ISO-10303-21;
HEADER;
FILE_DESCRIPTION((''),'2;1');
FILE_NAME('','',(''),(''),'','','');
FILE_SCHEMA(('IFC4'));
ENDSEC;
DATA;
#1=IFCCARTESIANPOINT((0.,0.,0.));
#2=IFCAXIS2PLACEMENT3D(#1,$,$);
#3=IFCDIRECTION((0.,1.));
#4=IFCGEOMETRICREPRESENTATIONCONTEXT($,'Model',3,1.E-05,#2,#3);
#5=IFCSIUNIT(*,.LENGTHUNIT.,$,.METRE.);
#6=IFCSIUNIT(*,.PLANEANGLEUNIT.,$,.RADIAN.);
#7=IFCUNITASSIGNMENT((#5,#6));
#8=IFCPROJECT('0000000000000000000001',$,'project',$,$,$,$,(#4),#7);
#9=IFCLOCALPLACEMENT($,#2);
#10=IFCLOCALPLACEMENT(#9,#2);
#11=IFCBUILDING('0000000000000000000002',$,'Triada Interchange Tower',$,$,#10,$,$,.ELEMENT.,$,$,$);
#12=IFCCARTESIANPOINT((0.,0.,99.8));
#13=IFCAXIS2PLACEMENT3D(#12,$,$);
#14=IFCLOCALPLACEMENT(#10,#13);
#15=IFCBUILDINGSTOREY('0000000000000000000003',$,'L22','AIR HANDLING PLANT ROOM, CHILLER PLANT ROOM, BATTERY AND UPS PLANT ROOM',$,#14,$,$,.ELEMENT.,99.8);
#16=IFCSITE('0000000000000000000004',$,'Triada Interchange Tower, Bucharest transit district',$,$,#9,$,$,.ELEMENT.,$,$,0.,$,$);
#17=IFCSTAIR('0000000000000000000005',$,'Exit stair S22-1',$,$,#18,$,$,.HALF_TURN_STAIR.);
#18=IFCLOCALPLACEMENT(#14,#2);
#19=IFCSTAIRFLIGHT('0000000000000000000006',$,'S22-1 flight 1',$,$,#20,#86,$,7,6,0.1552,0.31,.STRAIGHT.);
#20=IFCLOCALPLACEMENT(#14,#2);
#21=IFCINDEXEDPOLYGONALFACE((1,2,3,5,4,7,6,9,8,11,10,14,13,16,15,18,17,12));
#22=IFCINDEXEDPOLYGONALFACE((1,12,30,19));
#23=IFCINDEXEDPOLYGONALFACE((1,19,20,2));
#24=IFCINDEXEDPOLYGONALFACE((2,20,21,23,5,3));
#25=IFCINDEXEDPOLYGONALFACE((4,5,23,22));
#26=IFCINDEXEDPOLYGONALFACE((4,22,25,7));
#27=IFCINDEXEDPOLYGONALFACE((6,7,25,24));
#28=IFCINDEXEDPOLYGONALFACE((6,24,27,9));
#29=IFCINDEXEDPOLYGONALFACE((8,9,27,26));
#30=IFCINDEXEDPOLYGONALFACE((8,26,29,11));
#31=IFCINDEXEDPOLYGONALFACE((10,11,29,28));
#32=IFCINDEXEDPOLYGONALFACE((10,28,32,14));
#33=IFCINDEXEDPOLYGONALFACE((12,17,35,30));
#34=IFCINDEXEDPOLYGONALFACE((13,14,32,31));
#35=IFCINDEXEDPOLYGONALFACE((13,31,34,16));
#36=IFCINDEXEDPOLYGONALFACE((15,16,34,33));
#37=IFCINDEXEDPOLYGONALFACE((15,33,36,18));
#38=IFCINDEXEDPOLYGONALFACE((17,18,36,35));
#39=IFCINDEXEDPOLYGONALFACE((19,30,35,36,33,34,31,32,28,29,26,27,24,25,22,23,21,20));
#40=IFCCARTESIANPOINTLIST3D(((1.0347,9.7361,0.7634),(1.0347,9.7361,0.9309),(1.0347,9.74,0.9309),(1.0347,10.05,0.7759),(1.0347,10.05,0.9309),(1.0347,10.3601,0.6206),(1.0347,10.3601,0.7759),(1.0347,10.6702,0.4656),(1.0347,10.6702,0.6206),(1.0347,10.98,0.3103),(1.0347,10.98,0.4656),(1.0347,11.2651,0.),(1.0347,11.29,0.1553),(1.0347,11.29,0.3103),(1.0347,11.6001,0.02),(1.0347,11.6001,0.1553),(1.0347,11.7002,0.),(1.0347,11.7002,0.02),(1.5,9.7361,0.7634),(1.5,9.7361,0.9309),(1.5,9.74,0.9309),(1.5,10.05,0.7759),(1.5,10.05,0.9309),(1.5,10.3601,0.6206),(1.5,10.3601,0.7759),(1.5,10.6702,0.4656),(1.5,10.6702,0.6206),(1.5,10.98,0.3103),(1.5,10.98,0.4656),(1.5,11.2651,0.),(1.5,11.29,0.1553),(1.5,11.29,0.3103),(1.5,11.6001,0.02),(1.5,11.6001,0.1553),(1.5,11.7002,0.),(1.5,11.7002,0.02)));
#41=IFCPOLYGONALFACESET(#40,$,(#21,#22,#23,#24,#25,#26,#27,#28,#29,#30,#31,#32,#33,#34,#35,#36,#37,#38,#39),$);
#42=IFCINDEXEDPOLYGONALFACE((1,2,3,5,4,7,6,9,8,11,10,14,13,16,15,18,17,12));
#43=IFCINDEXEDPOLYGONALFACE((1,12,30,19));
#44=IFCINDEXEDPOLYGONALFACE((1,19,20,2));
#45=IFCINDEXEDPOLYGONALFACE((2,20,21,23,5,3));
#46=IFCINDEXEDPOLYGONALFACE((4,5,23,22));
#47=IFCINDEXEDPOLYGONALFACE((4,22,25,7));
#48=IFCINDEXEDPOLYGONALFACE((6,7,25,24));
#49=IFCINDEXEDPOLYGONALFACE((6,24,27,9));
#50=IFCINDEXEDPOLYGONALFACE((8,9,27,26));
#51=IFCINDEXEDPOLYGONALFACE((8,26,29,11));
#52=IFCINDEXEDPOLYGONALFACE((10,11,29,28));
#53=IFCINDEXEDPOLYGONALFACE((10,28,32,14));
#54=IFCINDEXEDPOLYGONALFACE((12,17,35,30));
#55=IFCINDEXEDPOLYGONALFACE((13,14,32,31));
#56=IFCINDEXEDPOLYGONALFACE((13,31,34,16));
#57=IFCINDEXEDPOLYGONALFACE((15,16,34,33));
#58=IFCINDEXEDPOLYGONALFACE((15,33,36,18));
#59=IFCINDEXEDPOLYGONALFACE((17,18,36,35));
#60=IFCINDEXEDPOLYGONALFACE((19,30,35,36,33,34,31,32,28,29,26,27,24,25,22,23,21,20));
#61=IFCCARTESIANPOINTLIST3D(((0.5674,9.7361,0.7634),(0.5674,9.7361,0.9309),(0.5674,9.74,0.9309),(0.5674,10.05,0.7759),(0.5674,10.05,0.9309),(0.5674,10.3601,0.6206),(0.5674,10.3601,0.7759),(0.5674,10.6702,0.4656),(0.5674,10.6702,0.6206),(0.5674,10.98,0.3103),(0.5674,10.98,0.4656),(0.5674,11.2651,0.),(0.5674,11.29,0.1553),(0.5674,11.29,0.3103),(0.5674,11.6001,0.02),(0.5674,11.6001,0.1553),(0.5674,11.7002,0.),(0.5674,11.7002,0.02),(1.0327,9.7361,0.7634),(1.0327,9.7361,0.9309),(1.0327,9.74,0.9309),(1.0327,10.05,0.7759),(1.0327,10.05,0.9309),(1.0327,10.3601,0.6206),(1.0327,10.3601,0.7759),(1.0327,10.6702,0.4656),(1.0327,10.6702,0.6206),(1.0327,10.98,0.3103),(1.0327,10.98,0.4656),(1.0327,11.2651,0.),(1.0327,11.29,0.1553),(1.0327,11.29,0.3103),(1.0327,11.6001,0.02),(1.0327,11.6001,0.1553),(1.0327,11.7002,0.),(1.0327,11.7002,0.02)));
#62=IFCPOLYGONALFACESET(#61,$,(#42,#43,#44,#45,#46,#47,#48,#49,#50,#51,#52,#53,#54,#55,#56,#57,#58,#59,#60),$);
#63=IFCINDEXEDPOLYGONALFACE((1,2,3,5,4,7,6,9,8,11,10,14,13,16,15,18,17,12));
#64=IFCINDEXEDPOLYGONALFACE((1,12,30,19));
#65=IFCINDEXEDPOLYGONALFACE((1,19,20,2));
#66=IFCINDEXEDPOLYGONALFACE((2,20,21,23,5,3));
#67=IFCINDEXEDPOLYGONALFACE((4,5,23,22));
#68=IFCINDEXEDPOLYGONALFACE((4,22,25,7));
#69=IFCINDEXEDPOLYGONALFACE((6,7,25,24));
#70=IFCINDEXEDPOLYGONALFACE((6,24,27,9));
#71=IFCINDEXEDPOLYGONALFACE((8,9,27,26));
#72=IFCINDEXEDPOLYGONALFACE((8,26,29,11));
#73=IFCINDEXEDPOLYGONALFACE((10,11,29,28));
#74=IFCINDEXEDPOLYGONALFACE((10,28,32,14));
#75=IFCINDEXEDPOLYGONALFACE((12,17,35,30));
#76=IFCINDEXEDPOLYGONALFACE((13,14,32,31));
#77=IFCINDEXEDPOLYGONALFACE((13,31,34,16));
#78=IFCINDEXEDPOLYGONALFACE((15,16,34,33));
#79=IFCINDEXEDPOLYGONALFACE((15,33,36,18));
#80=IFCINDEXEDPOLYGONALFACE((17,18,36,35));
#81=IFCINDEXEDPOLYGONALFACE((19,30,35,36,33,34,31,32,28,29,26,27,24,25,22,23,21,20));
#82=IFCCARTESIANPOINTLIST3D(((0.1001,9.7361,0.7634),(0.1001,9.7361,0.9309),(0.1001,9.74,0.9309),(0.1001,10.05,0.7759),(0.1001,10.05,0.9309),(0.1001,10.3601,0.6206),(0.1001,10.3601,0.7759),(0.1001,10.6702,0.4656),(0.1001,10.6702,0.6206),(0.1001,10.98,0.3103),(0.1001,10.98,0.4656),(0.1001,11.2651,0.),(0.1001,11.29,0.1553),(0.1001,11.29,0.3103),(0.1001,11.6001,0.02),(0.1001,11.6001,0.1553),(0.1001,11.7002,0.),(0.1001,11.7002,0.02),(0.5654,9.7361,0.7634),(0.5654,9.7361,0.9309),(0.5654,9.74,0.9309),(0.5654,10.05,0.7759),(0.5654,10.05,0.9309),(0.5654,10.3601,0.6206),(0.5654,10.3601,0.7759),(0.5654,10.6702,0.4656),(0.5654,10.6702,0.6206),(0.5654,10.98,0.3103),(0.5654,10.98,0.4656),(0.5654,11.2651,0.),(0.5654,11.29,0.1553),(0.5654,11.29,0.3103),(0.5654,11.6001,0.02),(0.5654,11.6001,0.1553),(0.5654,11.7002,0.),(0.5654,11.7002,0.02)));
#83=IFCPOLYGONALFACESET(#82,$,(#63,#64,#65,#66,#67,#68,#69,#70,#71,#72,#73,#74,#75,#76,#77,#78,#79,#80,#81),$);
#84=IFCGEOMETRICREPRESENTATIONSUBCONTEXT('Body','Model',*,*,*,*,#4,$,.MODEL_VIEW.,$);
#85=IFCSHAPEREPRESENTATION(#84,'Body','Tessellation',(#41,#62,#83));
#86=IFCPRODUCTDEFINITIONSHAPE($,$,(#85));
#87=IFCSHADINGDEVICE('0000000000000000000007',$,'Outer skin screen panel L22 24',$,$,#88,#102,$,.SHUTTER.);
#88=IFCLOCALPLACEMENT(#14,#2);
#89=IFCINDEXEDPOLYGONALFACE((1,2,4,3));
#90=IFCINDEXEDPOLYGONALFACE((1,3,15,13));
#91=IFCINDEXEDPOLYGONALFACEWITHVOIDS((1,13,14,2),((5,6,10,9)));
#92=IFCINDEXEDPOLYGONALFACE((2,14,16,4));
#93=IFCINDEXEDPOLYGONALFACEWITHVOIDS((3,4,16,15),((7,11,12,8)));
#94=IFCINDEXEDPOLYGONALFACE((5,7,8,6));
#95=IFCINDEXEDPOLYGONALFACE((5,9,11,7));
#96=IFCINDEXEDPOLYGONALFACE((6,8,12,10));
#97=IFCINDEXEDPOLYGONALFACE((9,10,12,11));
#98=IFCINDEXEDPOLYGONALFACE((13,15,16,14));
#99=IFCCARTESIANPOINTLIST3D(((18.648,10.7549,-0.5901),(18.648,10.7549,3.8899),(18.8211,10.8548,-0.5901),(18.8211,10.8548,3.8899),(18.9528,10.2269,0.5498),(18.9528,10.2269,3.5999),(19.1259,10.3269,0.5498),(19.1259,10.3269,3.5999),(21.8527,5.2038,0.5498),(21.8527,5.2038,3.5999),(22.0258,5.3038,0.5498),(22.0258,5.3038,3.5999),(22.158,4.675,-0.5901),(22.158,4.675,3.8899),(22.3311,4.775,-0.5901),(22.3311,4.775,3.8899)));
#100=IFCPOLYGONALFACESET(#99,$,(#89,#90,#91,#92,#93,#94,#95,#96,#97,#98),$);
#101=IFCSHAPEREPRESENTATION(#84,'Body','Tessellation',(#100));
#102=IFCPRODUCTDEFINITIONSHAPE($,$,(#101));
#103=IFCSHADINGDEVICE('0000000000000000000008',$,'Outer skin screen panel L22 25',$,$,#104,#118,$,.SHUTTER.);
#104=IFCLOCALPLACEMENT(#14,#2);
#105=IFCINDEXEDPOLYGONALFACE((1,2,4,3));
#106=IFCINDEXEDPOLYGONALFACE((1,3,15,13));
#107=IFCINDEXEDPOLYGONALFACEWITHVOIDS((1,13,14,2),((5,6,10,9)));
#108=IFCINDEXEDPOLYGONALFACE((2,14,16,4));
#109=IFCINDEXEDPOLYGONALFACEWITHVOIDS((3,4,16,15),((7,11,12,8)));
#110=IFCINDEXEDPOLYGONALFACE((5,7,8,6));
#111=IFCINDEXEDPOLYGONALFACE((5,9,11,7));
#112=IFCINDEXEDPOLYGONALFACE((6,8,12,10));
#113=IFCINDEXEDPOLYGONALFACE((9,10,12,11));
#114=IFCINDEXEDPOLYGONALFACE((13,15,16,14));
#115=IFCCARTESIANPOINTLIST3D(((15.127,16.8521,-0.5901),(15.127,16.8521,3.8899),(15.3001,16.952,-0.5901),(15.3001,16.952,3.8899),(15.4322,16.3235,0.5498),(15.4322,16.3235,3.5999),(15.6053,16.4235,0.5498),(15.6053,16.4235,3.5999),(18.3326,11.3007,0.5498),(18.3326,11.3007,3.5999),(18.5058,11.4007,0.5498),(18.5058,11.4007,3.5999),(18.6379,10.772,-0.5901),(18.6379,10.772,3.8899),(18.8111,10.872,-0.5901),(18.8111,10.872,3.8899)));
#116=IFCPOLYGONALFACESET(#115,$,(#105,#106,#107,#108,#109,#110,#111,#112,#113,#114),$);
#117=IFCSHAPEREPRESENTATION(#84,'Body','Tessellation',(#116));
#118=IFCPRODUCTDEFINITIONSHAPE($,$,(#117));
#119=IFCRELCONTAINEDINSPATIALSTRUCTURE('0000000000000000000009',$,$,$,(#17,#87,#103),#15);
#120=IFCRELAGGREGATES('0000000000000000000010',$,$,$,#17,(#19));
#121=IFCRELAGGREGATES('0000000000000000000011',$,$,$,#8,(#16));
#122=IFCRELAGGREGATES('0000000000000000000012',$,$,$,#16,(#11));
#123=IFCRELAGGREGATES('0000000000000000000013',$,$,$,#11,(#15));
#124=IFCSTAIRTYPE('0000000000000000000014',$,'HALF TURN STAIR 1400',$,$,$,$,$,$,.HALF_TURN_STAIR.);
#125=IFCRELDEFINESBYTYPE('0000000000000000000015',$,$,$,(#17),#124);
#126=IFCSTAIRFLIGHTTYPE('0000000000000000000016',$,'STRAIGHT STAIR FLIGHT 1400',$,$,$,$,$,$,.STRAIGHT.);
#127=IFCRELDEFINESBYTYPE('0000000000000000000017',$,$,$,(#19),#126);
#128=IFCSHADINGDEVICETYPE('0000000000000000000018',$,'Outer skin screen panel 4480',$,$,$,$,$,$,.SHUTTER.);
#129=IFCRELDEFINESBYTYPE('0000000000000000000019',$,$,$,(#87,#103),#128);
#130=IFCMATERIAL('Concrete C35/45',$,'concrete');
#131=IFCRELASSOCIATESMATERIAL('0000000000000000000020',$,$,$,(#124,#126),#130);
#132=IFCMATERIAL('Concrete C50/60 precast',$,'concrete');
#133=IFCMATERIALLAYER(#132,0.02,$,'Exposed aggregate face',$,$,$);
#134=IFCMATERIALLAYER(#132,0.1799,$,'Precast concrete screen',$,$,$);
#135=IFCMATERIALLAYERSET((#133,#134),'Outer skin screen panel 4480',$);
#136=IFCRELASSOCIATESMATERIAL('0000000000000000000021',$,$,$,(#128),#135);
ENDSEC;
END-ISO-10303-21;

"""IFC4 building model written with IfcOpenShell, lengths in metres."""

from ifc_helpers import new_model, si_unit, direction, frame, origin, place, context, subcontext, project, spatial, polyline, outline, extrude, material, layer, layer_set, type_object, element, aggregate, save


model = new_model("IFC4")

# Units and contexts
model_context = context("Model", 3, precision=1e-05, world=origin(), true_north=direction((0.0, 1.0)))
body_context = subcontext(model_context, "Body", "Model", "MODEL_VIEW")
ifc_project = project(units=[si_unit("LENGTHUNIT", "METRE"), si_unit("PLANEANGLEUNIT", "RADIAN")], contexts=[model_context])

# Site, building, storey
site_placement = place(None, origin())
site = spatial("IfcSite", under=ifc_project, at=site_placement, Name="Triada Interchange Tower, Bucharest transit district", CompositionType="ELEMENT", RefElevation=0.0)
building_placement = place(site_placement, origin())
building = spatial("IfcBuilding", under=site, at=building_placement, Name="Triada Interchange Tower", CompositionType="ELEMENT")
storey_placement = place(building_placement, frame((0.0, 0.0, 99.8)))
storey = spatial("IfcBuildingStorey", under=building, at=storey_placement, Name="L22", Description="AIR HANDLING PLANT ROOM, CHILLER PLANT ROOM, BATTERY AND UPS PLANT ROOM", CompositionType="ELEMENT", Elevation=99.8)

# Stair, stair flight
ifc_material_1 = material(Name="Concrete C35/45", Category="concrete")
stair_type = type_object("IfcStairType", Name="HALF TURN STAIR 1400", PredefinedType="HALF_TURN_STAIR", material=ifc_material_1)
stair_placement = place(storey_placement, origin())
stair = element("IfcStair", 1, at=stair_placement, inside=storey, type_object=stair_type, Name="Exit stair S22-1", PredefinedType="HALF_TURN_STAIR")
stair_flight_type = type_object("IfcStairFlightType", Name="STRAIGHT STAIR FLIGHT 1400", PredefinedType="STRAIGHT", material=ifc_material_1)
stair_flight_placement = place(storey_placement, frame((0.8, 11.6001, 0.0), z_axis=(0.0, 0.0, 1.0), x_axis=(0.0, -1.0, 0.0)))
stair_flight = element("IfcStairFlight", 2, at=stair_flight_placement, type_object=stair_flight_type, Name="S22-1 flight 1", NumberOfRisers=7, NumberOfTreads=6, PredefinedType="STRAIGHT", RiserHeight=0.1552, TreadLength=0.31, context=body_context, shape_type="SweptSolid", body=[
    extrude(outline(polyline([(-0.1001, 0.0), (-0.1001, 0.02), (0.0, 0.02), (0.0, 0.1553), (0.3101, 0.1553), (0.3101, 0.3103), (0.6201, 0.3103), (0.6201, 0.4656), (0.9299, 0.4656), (0.9299, 0.6206), (1.24, 0.6206), (1.24, 0.7759), (1.55, 0.7759), (1.55, 0.9309), (1.8601, 0.9309), (1.864, 0.9309), (1.864, 1.0862), (1.864, 0.7634), (0.335, 0.0), (-0.1001, 0.0)])), frame((0.0, 0.7, 0.0), z_axis=(0.0, -1.0, 0.0), x_axis=(1.0, 0.0, 0.0)), (0.0, 0.0, 1.0), 0.4653),
    extrude(outline(polyline([(-0.1001, 0.0), (-0.1001, 0.02), (0.0, 0.02), (0.0, 0.1553), (0.3101, 0.1553), (0.3101, 0.3103), (0.6201, 0.3103), (0.6201, 0.4656), (0.9299, 0.4656), (0.9299, 0.6206), (1.24, 0.6206), (1.24, 0.7759), (1.55, 0.7759), (1.55, 0.9309), (1.8601, 0.9309), (1.864, 0.9309), (1.864, 1.0862), (1.864, 0.7634), (0.335, 0.0), (-0.1001, 0.0)])), frame((0.0, 0.2327, 0.0), z_axis=(0.0, -1.0, 0.0), x_axis=(1.0, 0.0, 0.0)), (0.0, 0.0, 1.0), 0.4653),
    extrude(outline(polyline([(-0.1001, 0.0), (-0.1001, 0.02), (0.0, 0.02), (0.0, 0.1553), (0.3101, 0.1553), (0.3101, 0.3103), (0.6201, 0.3103), (0.6201, 0.4656), (0.9299, 0.4656), (0.9299, 0.6206), (1.24, 0.6206), (1.24, 0.7759), (1.55, 0.7759), (1.55, 0.9309), (1.8601, 0.9309), (1.864, 0.9309), (1.864, 1.0862), (1.864, 0.7634), (0.335, 0.0), (-0.1001, 0.0)])), frame((0.0, -0.2346, 0.0), z_axis=(0.0, -1.0, 0.0), x_axis=(1.0, 0.0, 0.0)), (0.0, 0.0, 1.0), 0.4653),
])

# Shading devices
ifc_material_2 = material(Name="Concrete C50/60 precast", Category="concrete")
ifc_layer_1 = layer(ifc_material_2, 0.02, Name="Exposed aggregate face")
ifc_layer_2 = layer(ifc_material_2, 0.1799, Name="Precast concrete screen")
ifc_layer_set_1 = layer_set([ifc_layer_1, ifc_layer_2], Name="Outer skin screen panel 4480")
shading_device_type = type_object("IfcShadingDeviceType", Name="Outer skin screen panel 4480", PredefinedType="SHUTTER", material=ifc_layer_set_1)
shading_device_1_placement = place(storey_placement, frame((22.158, 4.675, -0.5901), z_axis=(0.0, 0.0, 1.0), x_axis=(-0.49998, 0.866037, 0.0)))
element("IfcShadingDevice", 3, at=shading_device_1_placement, inside=storey, type_object=shading_device_type, Name="Outer skin screen panel L22 24", PredefinedType="SHUTTER", context=body_context, shape_type="SweptSolid", body=[
    extrude(outline(polyline([(0.0, 0.0), (7.0203, 0.0), (7.0203, 4.48), (0.0, 4.48), (0.0, 0.0)]), holes=[polyline([(0.6106, 1.1399), (0.6106, 4.1899), (6.4106, 4.1899), (6.4106, 1.1399), (0.6106, 1.1399)])]), frame((0.0, 0.0, 0.0), z_axis=(0.0, -1.0, 0.0), x_axis=(1.0, 0.0, 0.0)), (0.0, 0.0, 1.0), 0.2),
])
shading_device_2_placement = place(storey_placement, frame((18.6379, 10.772, -0.5901), z_axis=(0.0, 0.0, 1.0), x_axis=(-0.50007, 0.865985, 0.0)))
element("IfcShadingDevice", 4, at=shading_device_2_placement, inside=storey, type_object=shading_device_type, Name="Outer skin screen panel L22 25", PredefinedType="SHUTTER", context=body_context, shape_type="SweptSolid", body=[
    extrude(outline(polyline([(0.0, 0.0), (7.021, 0.0), (7.021, 4.48), (0.0, 4.48), (0.0, 0.0)]), holes=[polyline([(0.6106, 1.1399), (0.6106, 4.1899), (6.4106, 4.1899), (6.4106, 1.1399), (0.6106, 1.1399)])]), frame((0.0, 0.0, 0.0), z_axis=(0.0, -1.0, 0.0), x_axis=(1.0, 0.0, 0.0)), (0.0, 0.0, 1.0), 0.2),
])

aggregate(stair, [stair_flight])

save(model, "model.ifc")
